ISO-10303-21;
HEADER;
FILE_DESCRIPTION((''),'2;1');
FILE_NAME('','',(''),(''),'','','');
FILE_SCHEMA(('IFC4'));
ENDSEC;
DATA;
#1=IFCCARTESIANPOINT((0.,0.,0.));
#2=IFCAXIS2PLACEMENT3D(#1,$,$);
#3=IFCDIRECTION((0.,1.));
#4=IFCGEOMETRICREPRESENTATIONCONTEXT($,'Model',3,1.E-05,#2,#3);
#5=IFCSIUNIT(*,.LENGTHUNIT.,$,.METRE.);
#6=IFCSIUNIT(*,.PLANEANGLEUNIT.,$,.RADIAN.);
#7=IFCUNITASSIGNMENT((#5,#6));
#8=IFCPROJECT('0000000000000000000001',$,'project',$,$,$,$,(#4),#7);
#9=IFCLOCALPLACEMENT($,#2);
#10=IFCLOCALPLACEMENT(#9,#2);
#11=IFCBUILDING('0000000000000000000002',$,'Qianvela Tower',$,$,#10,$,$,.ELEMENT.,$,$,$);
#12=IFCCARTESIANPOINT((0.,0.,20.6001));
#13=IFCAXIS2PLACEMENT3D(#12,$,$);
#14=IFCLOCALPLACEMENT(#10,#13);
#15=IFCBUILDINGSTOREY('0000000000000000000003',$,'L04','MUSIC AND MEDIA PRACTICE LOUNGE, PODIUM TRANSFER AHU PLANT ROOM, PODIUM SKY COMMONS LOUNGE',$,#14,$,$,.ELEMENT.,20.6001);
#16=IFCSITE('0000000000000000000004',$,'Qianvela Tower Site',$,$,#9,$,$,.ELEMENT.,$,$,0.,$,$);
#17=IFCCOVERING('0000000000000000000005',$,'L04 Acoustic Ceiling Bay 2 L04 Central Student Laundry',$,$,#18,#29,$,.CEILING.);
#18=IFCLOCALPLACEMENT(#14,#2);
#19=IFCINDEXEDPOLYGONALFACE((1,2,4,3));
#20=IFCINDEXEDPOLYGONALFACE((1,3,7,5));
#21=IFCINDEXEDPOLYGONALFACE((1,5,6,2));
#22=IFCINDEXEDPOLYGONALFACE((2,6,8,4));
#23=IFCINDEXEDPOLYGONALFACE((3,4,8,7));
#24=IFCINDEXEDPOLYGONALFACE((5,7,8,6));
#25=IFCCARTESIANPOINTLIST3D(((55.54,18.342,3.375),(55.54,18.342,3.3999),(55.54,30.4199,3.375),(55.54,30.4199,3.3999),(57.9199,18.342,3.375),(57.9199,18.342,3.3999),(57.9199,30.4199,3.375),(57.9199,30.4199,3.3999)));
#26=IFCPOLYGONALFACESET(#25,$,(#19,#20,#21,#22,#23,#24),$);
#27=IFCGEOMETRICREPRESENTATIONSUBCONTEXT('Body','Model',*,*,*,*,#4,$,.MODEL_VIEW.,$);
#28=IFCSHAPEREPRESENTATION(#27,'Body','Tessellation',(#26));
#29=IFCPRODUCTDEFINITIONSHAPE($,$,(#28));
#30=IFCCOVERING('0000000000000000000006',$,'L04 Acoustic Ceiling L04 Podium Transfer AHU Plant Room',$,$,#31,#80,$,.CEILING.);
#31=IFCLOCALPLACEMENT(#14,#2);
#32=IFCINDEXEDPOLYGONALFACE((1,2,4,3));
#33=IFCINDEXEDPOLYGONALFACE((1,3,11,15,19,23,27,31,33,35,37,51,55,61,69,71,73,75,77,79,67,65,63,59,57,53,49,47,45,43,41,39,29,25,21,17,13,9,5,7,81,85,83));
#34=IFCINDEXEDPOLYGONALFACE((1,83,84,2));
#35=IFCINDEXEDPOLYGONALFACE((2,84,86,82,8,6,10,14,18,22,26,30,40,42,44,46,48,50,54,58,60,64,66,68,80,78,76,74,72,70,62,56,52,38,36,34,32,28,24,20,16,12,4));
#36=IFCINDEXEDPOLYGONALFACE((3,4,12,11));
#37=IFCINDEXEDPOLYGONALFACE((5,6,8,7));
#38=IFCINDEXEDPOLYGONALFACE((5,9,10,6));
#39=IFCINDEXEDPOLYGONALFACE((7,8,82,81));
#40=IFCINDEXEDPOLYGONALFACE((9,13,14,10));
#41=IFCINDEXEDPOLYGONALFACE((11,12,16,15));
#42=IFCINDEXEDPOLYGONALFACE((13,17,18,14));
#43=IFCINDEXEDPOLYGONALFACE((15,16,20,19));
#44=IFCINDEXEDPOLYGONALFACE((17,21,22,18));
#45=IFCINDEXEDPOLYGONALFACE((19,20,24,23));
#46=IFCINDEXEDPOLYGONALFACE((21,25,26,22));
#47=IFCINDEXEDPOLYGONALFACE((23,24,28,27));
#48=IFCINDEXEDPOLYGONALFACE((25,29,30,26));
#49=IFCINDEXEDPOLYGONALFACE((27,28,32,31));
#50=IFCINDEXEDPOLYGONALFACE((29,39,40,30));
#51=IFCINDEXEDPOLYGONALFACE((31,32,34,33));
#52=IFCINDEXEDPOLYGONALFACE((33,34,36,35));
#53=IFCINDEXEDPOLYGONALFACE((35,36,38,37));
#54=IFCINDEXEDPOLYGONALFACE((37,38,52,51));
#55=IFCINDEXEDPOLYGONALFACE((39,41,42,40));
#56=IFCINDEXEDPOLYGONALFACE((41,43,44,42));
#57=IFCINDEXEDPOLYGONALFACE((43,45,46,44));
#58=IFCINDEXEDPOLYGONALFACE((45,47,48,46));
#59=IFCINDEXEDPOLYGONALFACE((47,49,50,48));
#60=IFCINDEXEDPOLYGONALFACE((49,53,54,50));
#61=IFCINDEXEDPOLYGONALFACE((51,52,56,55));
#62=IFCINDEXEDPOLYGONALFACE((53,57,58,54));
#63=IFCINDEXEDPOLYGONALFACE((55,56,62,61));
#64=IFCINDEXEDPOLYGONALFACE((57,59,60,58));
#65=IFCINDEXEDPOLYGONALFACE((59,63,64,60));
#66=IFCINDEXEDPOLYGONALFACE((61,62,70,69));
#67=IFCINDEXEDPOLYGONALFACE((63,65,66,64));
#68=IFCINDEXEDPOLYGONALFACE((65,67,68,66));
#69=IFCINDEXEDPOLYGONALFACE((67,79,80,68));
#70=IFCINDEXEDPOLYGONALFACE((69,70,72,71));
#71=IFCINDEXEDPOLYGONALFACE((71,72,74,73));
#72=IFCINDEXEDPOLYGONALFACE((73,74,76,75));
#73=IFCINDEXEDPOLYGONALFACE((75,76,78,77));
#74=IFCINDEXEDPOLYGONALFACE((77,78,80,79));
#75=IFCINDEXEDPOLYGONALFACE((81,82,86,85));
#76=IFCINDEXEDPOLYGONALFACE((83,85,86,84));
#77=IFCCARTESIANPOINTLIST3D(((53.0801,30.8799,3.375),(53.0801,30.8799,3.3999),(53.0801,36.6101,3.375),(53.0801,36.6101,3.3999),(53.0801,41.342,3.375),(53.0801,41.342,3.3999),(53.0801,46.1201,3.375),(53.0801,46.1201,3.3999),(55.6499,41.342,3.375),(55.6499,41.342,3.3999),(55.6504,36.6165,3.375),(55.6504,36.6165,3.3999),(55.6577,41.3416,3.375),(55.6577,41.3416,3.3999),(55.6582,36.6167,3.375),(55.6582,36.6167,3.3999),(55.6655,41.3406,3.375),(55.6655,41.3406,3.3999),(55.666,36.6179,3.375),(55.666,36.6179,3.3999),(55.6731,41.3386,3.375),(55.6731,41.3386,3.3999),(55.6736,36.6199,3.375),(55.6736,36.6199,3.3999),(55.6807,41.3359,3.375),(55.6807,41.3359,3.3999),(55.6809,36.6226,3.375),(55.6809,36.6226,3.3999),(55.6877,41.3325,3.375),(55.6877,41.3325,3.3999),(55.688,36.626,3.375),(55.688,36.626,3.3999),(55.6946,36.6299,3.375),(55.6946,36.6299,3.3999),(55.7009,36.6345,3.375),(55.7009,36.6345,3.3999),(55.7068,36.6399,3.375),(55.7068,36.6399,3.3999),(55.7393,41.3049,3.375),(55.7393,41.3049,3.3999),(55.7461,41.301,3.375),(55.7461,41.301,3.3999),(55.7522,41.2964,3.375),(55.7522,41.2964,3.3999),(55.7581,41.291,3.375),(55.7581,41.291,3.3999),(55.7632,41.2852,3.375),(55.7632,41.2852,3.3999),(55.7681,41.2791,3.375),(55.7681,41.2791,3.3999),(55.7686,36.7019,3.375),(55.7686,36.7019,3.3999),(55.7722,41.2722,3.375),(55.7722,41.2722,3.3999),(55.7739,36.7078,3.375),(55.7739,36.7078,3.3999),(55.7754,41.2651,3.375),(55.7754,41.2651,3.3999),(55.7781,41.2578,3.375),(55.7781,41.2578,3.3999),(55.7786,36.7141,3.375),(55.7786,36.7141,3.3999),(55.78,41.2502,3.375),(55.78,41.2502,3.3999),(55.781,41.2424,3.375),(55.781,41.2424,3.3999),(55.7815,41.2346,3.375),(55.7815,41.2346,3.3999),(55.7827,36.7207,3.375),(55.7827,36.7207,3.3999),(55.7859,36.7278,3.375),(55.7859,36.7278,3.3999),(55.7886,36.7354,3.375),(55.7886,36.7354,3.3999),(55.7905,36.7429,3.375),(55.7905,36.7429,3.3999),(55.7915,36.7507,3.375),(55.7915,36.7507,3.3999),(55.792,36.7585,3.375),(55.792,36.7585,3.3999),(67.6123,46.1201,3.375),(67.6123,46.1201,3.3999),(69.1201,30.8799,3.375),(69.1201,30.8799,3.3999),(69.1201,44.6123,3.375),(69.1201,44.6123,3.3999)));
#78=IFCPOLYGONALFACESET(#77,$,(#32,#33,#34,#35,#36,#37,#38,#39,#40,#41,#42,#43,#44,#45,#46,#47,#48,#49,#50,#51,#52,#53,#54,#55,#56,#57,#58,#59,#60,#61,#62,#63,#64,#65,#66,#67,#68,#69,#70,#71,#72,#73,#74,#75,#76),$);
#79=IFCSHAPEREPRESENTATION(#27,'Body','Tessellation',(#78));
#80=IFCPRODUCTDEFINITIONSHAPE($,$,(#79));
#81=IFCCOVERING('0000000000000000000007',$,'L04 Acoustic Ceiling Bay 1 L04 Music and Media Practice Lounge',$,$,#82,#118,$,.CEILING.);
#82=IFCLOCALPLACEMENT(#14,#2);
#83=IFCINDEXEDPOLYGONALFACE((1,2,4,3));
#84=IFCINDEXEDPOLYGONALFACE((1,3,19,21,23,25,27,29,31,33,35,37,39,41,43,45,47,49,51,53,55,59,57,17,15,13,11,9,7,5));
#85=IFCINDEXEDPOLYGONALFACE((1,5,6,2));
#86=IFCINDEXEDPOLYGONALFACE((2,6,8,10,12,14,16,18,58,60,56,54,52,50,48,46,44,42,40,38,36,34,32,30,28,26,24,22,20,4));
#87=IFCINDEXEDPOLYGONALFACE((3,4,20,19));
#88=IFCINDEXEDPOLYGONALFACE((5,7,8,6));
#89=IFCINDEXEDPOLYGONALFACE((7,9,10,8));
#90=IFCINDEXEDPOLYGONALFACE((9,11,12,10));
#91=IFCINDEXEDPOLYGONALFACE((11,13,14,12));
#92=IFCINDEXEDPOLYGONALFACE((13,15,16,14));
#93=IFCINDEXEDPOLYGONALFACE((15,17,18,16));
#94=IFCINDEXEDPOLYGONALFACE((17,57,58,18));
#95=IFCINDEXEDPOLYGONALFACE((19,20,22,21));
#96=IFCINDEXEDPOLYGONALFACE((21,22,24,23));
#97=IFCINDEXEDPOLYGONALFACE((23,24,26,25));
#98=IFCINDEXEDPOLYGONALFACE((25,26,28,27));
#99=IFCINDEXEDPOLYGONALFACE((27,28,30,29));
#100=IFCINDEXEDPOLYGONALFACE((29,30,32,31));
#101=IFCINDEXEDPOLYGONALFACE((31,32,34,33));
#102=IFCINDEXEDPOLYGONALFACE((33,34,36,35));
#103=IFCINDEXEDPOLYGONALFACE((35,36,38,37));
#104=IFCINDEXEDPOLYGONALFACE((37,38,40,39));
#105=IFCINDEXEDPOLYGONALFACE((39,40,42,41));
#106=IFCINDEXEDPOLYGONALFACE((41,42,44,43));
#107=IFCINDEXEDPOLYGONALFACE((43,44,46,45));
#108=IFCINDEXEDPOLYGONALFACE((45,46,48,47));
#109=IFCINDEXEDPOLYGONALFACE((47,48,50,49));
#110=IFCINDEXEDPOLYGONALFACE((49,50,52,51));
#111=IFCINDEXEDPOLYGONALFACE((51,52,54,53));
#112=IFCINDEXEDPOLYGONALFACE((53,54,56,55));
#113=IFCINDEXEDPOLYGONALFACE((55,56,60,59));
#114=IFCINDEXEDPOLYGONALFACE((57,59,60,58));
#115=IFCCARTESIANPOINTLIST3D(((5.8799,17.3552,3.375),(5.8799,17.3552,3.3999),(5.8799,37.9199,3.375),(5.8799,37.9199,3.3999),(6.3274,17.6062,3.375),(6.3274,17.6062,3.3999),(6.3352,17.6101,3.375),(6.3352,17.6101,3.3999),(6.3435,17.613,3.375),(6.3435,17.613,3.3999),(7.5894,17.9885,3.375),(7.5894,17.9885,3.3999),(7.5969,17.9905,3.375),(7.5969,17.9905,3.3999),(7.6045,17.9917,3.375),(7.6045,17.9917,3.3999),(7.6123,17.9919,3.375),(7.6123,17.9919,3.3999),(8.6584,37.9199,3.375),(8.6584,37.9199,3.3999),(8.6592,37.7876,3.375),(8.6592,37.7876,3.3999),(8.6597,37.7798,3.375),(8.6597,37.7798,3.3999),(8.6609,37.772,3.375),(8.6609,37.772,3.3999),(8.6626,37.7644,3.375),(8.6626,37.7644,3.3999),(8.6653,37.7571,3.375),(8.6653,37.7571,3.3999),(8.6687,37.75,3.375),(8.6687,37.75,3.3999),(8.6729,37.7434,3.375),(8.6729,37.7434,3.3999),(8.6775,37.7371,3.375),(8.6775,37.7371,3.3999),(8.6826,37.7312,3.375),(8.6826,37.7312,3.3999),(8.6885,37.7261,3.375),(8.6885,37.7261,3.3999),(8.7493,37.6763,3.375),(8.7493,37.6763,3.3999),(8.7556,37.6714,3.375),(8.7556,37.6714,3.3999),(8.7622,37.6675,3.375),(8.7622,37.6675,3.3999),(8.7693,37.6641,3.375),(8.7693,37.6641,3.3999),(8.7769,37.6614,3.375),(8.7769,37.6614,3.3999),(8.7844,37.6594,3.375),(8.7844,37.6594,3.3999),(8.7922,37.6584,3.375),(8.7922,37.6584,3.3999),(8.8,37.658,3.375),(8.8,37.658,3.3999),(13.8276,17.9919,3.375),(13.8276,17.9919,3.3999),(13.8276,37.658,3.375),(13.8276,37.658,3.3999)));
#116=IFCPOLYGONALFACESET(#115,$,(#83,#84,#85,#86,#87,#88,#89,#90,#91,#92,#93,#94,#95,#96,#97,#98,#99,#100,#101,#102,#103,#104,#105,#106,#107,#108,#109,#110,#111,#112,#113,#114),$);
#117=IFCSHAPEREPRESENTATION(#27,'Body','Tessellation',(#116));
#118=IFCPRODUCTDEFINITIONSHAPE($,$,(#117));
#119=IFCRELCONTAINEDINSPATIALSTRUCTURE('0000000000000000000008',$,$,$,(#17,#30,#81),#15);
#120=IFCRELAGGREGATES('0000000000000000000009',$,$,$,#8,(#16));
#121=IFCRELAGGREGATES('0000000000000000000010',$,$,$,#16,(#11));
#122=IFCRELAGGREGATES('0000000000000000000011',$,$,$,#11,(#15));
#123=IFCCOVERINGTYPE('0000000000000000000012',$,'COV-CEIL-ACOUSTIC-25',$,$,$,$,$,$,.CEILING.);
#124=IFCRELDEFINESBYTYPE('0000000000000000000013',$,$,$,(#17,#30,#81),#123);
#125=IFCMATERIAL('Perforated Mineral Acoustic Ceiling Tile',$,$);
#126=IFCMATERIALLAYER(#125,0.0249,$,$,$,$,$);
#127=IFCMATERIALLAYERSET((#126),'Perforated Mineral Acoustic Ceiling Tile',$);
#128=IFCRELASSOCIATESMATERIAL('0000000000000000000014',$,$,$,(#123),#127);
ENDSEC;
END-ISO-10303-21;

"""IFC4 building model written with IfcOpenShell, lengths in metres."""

from ifc_helpers import new_model, si_unit, direction, frame, origin, place, context, subcontext, project, spatial, polyline, outline, extrude, material, layer, layer_set, type_object, element, save


model = new_model("IFC4")

# Units and contexts
model_context = context("Model", 3, precision=1e-05, world=origin(), true_north=direction((0.0, 1.0)))
body_context = subcontext(model_context, "Body", "Model", "MODEL_VIEW")
ifc_project = project(units=[si_unit("LENGTHUNIT", "METRE"), si_unit("PLANEANGLEUNIT", "RADIAN")], contexts=[model_context])

# Site, building, storey
site_placement = place(None, origin())
site = spatial("IfcSite", under=ifc_project, at=site_placement, Name="Qianvela Tower Site", CompositionType="ELEMENT", RefElevation=0.0)
building_placement = place(site_placement, origin())
building = spatial("IfcBuilding", under=site, at=building_placement, Name="Qianvela Tower", CompositionType="ELEMENT")
storey_placement = place(building_placement, frame((0.0, 0.0, 20.6001)))
storey = spatial("IfcBuildingStorey", under=building, at=storey_placement, Name="L04", Description="MUSIC AND MEDIA PRACTICE LOUNGE, PODIUM TRANSFER AHU PLANT ROOM, PODIUM SKY COMMONS LOUNGE", CompositionType="ELEMENT", Elevation=20.6001)

# Coverings
ifc_material_1 = material(Name="Perforated Mineral Acoustic Ceiling Tile")
ifc_layer_1 = layer(ifc_material_1, 0.0249)
ifc_layer_set_1 = layer_set([ifc_layer_1], Name="Perforated Mineral Acoustic Ceiling Tile")
covering_type_1 = type_object("IfcCoveringType", Name="COV-CEIL-ACOUSTIC-25", PredefinedType="CEILING", material=ifc_layer_set_1)
covering_1_placement = place(storey_placement, frame((0.0, 0.0, 3.375)))
element("IfcCovering", 1, at=covering_1_placement, inside=storey, type_object=covering_type_1, Name="L04 Acoustic Ceiling Bay 2 L04 Central Student Laundry", PredefinedType="CEILING", context=body_context, shape_type="SweptSolid", body=[
    extrude(outline(polyline([(55.54, 18.342), (55.54, 30.4199), (57.9199, 30.4199), (57.9199, 18.342), (55.54, 18.342)])), origin(), (0.0, 0.0, 1.0), 0.0249),
])
covering_2_placement = place(storey_placement, frame((0.0, 0.0, 3.375)))
element("IfcCovering", 2, at=covering_2_placement, inside=storey, type_object=covering_type_1, Name="L04 Acoustic Ceiling L04 Podium Transfer AHU Plant Room", PredefinedType="CEILING", context=body_context, shape_type="SweptSolid", body=[
    extrude(outline(polyline([(53.0801, 36.6101), (55.6504, 36.6165), (55.6582, 36.6167), (55.666, 36.6179), (55.6736, 36.6199), (55.6809, 36.6226), (55.688, 36.626), (55.6946, 36.6299), (55.7009, 36.6345), (55.7068, 36.6399), (55.7686, 36.7019), (55.7739, 36.7078), (55.7786, 36.7141), (55.7827, 36.7207), (55.7859, 36.7278), (55.7886, 36.7354), (55.7905, 36.7429), (55.7915, 36.7507), (55.792, 36.7585), (55.7815, 41.2346), (55.781, 41.2424), (55.78, 41.2502), (55.7781, 41.2578), (55.7754, 41.2651), (55.7722, 41.2722), (55.7681, 41.2791), (55.7632, 41.2852), (55.7581, 41.291), (55.7522, 41.2964), (55.7461, 41.301), (55.7393, 41.3049), (55.6877, 41.3325), (55.6807, 41.3359), (55.6731, 41.3386), (55.6655, 41.3406), (55.6577, 41.3416), (55.6499, 41.342), (53.0801, 41.342), (53.0801, 46.1201), (67.6123, 46.1201), (69.1201, 44.6123), (69.1201, 30.8799), (53.0801, 30.8799), (53.0801, 36.6101)])), origin(), (0.0, 0.0, 1.0), 0.0249),
])
covering_3_placement = place(storey_placement, frame((0.0, 0.0, 3.375)))
element("IfcCovering", 3, at=covering_3_placement, inside=storey, type_object=covering_type_1, Name="L04 Acoustic Ceiling Bay 1 L04 Music and Media Practice Lounge", PredefinedType="CEILING", context=body_context, shape_type="SweptSolid", body=[
    extrude(outline(polyline([(7.6123, 17.9919), (7.6045, 17.9917), (7.5969, 17.9905), (7.5894, 17.9885), (6.3435, 17.613), (6.3352, 17.6101), (6.3274, 17.6062), (5.8799, 17.3552), (5.8799, 37.9199), (8.6584, 37.9199), (8.6592, 37.7876), (8.6597, 37.7798), (8.6609, 37.772), (8.6626, 37.7644), (8.6653, 37.7571), (8.6687, 37.75), (8.6729, 37.7434), (8.6775, 37.7371), (8.6826, 37.7312), (8.6885, 37.7261), (8.7493, 37.6763), (8.7556, 37.6714), (8.7622, 37.6675), (8.7693, 37.6641), (8.7769, 37.6614), (8.7844, 37.6594), (8.7922, 37.6584), (8.8, 37.658), (13.8276, 37.658), (13.8276, 17.9919), (7.6123, 17.9919)])), origin(), (0.0, 0.0, 1.0), 0.0249),
])

save(model, "model.ifc")
